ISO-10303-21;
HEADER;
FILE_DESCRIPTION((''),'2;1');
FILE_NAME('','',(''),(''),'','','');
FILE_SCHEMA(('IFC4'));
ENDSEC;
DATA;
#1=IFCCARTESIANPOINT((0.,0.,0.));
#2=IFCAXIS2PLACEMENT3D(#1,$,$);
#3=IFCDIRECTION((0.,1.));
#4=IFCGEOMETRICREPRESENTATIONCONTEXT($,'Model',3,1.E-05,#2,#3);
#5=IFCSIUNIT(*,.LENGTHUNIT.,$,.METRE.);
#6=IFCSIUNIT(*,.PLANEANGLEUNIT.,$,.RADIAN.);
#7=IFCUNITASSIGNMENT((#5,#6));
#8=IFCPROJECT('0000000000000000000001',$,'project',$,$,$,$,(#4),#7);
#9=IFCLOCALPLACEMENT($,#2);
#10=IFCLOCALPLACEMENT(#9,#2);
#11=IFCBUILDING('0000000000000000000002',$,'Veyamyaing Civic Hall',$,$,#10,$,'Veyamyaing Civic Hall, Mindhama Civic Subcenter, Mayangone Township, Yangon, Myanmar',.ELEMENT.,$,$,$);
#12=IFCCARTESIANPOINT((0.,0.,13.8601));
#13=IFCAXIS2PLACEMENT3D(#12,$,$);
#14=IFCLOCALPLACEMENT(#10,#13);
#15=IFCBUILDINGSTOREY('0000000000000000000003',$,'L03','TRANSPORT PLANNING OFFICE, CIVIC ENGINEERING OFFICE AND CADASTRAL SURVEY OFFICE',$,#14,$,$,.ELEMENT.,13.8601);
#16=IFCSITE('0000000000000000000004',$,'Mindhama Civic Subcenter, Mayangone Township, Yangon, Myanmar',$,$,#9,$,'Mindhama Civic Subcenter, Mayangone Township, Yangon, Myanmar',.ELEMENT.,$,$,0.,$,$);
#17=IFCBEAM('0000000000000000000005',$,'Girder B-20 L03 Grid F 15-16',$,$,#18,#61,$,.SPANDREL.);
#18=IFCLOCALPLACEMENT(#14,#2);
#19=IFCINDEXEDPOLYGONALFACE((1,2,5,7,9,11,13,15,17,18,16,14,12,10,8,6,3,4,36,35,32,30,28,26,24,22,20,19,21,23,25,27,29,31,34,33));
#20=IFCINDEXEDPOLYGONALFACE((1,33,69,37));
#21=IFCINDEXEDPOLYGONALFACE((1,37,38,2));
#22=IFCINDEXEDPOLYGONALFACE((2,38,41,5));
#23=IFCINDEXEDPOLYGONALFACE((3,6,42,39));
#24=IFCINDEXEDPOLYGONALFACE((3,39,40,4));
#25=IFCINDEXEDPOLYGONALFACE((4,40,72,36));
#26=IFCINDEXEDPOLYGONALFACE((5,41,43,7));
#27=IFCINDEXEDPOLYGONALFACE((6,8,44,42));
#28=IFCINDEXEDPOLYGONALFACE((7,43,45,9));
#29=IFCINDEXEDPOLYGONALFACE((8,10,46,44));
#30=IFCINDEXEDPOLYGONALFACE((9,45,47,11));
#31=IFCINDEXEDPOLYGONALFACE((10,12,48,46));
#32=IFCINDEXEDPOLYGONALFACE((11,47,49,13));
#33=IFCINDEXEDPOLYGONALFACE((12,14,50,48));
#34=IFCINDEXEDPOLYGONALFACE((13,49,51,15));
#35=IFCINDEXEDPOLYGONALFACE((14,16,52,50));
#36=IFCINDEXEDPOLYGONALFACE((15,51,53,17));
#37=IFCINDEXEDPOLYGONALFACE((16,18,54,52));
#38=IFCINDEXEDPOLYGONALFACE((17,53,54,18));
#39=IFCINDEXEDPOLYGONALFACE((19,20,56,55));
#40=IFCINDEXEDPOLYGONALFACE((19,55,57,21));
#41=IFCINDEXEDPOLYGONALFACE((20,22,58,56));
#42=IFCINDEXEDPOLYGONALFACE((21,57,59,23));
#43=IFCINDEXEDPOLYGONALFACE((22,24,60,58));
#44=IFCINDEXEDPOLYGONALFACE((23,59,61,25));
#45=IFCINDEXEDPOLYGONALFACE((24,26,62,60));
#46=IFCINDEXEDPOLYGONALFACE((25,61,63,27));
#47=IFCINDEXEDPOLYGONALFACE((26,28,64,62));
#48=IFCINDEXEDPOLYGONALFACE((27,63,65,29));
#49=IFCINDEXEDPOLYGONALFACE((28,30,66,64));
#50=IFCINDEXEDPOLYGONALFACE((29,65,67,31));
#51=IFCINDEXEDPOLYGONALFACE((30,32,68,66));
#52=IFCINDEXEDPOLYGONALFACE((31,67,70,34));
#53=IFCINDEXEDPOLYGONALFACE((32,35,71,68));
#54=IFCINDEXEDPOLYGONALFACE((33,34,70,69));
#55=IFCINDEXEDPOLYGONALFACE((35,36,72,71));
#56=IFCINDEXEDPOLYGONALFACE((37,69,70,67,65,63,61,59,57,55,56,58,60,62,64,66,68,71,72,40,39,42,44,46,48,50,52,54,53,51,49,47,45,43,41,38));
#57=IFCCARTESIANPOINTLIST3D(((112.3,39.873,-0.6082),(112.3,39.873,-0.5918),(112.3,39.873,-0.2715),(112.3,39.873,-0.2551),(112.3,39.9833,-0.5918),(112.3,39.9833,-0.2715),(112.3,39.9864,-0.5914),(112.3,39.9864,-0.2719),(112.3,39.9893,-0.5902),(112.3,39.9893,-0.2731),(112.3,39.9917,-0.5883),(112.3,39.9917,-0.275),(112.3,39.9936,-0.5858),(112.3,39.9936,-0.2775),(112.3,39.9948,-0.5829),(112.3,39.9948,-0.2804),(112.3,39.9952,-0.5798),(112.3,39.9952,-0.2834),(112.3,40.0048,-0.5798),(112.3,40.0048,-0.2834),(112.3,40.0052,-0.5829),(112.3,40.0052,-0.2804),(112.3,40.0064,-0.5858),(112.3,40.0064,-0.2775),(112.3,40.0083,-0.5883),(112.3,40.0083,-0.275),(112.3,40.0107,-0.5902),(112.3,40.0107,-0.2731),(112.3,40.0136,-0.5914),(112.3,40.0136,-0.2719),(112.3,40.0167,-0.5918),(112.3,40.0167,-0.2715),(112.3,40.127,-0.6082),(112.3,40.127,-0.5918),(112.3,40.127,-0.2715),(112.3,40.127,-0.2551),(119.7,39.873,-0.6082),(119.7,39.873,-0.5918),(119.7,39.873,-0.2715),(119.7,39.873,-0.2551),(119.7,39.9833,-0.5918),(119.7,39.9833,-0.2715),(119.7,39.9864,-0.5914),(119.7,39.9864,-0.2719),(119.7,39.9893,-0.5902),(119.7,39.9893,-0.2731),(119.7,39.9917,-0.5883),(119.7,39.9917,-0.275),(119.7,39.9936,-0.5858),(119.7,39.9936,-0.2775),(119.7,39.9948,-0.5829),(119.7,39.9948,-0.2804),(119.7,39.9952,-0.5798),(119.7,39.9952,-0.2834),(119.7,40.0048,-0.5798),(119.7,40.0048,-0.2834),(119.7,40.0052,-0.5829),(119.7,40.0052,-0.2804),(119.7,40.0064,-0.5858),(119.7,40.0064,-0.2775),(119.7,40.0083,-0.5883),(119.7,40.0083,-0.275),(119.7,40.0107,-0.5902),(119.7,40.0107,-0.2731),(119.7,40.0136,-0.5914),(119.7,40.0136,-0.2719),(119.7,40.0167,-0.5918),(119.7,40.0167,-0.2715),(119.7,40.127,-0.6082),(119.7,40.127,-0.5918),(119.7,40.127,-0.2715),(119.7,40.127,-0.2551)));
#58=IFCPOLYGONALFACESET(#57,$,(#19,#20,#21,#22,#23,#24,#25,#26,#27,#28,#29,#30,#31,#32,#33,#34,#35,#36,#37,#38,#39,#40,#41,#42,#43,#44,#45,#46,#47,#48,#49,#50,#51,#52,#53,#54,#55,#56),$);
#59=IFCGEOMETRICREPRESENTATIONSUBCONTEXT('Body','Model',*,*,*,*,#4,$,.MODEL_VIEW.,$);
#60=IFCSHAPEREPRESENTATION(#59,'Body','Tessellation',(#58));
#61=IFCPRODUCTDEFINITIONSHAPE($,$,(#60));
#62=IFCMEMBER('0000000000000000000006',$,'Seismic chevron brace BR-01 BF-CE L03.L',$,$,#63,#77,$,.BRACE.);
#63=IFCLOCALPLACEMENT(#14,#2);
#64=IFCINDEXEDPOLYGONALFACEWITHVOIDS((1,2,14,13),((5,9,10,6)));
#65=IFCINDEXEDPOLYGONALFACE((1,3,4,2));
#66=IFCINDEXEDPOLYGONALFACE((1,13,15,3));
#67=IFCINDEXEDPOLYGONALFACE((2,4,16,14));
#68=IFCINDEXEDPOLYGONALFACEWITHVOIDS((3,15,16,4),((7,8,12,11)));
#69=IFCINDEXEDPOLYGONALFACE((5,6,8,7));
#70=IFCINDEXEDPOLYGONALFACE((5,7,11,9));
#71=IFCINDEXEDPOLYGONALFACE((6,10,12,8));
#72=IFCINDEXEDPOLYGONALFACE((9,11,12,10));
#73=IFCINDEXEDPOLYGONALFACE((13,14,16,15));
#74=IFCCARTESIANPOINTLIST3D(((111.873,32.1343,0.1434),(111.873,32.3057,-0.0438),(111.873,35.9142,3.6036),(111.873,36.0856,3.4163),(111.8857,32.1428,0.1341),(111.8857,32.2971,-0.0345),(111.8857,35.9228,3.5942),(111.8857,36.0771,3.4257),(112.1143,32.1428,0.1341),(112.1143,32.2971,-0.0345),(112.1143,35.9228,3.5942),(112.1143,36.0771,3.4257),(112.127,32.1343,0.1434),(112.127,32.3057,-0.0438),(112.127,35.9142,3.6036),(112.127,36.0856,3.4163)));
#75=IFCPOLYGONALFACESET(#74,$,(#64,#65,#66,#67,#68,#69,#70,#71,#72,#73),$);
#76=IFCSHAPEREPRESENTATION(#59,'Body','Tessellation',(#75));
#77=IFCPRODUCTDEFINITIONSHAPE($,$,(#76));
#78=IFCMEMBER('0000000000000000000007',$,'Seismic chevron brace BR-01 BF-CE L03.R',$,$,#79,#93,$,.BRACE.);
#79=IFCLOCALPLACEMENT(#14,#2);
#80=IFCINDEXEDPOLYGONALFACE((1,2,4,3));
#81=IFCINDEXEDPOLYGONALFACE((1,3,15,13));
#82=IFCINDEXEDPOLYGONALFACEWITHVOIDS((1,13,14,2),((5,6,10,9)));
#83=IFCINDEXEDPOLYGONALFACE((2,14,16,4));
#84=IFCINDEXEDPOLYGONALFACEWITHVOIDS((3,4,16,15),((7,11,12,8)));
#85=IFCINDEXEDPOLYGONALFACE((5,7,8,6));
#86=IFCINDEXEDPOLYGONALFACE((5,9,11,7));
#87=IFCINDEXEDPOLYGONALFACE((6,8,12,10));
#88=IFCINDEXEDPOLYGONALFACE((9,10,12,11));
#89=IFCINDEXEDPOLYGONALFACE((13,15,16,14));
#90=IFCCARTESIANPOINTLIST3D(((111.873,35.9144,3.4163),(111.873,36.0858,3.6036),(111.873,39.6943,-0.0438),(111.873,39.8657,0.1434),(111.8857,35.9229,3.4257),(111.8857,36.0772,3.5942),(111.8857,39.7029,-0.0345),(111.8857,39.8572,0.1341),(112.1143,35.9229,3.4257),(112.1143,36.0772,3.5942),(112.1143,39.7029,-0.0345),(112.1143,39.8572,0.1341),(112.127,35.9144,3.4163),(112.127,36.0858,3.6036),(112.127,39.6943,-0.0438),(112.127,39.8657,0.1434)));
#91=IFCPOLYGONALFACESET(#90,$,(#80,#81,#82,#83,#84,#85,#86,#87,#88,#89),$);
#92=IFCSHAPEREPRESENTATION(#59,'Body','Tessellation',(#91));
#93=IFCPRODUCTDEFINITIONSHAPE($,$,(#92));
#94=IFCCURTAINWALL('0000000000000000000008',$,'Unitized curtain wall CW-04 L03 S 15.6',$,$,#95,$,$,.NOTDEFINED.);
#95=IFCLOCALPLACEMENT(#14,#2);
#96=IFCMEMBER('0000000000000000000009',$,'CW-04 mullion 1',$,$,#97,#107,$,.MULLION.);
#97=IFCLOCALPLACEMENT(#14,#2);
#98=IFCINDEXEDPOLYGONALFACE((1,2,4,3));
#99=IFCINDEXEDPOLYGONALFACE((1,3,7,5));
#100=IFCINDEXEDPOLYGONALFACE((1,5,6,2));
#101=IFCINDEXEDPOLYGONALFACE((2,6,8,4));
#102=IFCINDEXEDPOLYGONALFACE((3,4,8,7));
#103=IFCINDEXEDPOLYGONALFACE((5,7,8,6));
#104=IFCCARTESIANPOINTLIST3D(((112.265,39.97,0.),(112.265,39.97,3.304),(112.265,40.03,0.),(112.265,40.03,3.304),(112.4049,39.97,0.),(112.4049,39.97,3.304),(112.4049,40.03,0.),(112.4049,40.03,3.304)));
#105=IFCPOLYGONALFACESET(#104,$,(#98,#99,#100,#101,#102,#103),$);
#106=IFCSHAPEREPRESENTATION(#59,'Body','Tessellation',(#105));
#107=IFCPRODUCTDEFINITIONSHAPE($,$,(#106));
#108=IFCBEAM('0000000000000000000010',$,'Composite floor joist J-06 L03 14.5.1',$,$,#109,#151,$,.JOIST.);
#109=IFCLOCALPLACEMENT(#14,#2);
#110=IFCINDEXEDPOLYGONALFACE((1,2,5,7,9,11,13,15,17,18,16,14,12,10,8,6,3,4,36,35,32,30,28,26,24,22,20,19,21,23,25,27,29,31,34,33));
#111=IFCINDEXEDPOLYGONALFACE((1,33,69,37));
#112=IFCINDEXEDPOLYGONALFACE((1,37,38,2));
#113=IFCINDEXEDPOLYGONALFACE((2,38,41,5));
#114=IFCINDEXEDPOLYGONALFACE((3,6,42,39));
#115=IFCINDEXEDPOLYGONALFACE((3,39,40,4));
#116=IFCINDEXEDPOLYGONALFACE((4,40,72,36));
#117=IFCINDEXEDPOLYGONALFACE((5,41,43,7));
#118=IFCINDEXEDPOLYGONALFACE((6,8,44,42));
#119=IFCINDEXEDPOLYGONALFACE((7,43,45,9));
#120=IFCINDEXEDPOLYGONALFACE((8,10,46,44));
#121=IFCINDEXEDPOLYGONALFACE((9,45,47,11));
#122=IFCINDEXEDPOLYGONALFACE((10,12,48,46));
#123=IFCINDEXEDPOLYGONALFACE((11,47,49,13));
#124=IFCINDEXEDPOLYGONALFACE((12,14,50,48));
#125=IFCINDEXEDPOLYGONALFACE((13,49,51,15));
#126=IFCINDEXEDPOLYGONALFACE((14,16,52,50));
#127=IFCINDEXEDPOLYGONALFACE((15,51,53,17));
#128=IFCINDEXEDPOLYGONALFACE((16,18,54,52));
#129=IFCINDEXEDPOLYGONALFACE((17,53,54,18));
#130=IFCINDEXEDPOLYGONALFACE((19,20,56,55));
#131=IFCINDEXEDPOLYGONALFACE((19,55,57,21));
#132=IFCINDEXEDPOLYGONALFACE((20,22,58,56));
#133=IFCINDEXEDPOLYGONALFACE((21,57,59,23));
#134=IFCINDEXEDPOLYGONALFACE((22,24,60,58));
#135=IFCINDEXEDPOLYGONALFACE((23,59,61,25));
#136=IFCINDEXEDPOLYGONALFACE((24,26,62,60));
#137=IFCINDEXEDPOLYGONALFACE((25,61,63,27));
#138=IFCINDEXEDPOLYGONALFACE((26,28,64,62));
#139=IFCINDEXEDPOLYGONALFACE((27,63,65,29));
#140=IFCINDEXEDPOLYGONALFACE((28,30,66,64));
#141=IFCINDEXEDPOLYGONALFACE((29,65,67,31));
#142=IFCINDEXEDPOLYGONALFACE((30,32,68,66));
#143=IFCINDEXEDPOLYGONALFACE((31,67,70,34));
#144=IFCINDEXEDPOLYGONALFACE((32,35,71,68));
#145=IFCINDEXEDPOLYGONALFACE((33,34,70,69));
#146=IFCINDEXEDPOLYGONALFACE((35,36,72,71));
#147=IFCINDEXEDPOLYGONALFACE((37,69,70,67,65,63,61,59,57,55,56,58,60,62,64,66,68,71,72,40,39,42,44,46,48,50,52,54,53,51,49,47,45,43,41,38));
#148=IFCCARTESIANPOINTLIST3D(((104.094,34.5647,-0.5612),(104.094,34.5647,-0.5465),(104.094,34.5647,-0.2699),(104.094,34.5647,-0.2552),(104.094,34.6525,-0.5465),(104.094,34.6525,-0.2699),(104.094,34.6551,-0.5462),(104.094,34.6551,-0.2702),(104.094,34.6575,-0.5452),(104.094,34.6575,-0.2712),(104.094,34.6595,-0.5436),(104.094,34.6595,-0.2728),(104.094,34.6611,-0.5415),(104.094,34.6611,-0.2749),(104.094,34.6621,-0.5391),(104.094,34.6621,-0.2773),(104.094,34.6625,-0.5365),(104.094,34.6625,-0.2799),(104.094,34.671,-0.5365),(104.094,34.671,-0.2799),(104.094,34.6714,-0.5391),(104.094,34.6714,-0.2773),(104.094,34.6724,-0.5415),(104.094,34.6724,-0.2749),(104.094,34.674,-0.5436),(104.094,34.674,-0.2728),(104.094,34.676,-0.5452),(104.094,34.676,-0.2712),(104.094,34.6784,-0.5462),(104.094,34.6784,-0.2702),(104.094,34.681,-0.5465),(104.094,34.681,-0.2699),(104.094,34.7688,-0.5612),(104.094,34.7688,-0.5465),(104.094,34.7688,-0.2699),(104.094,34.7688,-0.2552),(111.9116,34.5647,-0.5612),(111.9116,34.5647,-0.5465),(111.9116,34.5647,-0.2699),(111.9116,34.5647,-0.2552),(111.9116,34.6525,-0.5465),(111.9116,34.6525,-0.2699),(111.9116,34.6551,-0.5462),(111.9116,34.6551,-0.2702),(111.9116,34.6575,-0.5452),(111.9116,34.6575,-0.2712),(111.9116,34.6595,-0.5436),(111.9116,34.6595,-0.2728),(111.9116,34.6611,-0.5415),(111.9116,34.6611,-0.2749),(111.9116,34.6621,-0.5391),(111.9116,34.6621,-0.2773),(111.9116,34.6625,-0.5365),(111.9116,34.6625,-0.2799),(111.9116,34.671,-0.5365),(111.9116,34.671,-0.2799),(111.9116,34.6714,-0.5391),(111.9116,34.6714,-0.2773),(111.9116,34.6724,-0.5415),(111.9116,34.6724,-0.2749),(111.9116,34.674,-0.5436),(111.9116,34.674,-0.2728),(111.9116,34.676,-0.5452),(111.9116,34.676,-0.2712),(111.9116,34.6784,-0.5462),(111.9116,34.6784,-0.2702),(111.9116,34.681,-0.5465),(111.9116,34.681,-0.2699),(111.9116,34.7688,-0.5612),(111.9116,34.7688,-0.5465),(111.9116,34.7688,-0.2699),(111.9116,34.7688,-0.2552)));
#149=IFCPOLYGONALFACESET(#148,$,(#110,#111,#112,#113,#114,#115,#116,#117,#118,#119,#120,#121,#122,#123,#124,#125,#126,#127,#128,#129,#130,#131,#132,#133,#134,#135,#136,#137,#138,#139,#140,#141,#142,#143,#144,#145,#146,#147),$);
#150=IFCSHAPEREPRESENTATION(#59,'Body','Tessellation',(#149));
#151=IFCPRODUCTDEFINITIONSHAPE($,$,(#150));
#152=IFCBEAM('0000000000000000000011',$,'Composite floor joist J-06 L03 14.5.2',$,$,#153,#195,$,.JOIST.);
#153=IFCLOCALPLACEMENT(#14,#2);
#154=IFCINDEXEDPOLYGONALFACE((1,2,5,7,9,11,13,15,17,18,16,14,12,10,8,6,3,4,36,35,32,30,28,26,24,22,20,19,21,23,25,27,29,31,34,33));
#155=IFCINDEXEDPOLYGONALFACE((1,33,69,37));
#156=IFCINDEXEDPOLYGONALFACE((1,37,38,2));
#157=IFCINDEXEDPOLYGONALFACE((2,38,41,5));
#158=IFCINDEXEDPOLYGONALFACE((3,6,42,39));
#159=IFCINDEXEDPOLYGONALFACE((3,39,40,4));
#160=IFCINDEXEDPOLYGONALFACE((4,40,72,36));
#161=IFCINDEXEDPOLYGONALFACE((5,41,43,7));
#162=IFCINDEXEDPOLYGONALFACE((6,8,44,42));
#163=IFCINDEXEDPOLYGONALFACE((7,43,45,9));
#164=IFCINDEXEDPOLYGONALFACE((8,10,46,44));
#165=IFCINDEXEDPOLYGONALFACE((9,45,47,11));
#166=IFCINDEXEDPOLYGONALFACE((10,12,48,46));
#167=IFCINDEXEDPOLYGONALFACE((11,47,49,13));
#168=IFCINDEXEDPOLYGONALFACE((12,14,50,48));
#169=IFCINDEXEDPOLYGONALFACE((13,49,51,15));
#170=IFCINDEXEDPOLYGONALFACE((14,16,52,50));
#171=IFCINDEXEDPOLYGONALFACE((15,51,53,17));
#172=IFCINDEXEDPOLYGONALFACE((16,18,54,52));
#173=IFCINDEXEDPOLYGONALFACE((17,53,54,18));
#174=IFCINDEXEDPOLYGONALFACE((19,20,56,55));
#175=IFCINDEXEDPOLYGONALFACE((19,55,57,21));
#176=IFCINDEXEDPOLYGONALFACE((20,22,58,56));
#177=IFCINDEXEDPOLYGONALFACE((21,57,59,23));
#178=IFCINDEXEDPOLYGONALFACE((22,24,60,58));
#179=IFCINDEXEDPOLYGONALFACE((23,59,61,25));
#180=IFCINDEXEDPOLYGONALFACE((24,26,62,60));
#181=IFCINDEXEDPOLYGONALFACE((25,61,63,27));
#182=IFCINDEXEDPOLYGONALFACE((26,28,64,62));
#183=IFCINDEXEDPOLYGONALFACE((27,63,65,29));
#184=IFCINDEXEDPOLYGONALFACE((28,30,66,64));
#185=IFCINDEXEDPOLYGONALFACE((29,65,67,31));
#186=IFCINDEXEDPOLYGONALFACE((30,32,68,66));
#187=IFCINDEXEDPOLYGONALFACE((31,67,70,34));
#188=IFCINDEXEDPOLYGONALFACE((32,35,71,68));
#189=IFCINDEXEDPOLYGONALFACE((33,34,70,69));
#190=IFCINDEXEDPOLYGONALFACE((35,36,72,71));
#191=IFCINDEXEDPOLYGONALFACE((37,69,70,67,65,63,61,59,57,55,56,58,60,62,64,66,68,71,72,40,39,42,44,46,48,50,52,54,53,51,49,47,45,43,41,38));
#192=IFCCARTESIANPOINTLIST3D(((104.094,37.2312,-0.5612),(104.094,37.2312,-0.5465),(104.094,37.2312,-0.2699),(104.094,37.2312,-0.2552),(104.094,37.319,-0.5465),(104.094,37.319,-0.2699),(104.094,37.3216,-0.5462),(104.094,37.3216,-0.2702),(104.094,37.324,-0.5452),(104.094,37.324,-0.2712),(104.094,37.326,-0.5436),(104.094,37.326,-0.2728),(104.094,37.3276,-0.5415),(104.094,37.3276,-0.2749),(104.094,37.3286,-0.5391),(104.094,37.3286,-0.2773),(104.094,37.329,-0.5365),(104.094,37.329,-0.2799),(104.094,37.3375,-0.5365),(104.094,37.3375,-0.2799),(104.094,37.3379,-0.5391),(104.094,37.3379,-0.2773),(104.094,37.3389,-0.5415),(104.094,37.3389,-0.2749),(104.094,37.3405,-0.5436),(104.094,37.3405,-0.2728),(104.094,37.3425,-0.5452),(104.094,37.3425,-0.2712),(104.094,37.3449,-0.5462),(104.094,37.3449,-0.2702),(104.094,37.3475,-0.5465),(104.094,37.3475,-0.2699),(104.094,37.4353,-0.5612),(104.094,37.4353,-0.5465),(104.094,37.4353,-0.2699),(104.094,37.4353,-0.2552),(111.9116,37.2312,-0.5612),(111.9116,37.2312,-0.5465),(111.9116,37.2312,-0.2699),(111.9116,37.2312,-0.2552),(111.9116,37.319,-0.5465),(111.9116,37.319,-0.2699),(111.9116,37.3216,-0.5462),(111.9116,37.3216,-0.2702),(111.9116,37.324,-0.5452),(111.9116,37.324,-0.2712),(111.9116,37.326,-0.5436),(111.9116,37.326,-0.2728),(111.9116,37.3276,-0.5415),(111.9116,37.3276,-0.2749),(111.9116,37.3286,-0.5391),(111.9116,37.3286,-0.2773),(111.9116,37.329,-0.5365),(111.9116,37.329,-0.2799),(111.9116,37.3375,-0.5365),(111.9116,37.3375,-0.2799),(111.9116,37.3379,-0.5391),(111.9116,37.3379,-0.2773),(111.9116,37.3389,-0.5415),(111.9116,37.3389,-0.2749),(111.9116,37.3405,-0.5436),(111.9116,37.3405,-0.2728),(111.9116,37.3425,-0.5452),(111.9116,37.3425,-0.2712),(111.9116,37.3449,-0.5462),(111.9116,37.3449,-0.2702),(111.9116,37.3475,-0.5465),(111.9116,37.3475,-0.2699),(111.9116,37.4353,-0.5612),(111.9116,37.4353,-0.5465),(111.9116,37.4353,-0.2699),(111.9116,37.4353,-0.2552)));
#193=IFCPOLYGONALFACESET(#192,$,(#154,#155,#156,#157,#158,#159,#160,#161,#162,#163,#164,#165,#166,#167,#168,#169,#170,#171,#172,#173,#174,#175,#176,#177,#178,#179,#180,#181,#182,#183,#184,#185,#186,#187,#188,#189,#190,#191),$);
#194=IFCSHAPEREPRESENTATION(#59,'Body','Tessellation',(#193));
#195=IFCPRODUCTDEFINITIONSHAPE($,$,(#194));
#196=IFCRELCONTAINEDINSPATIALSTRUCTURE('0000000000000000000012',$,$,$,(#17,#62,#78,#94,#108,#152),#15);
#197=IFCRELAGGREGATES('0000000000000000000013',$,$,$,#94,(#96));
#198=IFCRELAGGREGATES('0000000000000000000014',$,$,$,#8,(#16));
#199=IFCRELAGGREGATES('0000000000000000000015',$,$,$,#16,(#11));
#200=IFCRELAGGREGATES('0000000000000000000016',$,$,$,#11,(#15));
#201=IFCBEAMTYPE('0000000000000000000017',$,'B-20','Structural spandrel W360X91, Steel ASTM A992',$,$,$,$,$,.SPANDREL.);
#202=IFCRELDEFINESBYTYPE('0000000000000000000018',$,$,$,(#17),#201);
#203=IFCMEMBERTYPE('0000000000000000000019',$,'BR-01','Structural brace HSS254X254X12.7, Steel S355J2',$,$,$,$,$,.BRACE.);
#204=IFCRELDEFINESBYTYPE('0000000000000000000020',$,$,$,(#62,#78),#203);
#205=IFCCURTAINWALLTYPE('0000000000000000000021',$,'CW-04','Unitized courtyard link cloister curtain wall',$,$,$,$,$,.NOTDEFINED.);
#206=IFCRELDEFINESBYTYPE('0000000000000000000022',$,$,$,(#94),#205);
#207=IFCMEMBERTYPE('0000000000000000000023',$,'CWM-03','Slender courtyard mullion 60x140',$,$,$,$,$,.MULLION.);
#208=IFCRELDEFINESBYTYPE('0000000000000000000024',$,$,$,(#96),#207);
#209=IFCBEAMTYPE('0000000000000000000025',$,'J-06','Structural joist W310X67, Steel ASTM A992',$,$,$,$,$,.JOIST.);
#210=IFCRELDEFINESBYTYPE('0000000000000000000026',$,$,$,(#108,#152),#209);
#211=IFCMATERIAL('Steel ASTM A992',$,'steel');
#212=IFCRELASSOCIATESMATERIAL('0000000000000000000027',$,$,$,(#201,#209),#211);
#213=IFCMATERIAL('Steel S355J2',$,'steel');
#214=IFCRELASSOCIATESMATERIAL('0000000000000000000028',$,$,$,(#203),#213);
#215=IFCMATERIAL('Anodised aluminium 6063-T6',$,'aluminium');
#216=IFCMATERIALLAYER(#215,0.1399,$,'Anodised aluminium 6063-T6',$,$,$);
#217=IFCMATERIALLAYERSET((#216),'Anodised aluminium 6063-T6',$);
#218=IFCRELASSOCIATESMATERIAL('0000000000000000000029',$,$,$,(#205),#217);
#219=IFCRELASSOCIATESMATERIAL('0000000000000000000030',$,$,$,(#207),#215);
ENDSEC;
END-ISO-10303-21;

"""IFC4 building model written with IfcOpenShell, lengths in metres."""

from ifc_helpers import new_model, si_unit, direction, frame, origin, origin_2d, place, context, subcontext, project, spatial, rectangle, hollow_rectangle, i_section, extrude, material, layer, layer_set, material_profile, profile_set, type_object, element, aggregate, save


model = new_model("IFC4")

# Units and contexts
model_context = context("Model", 3, precision=1e-05, world=origin(), true_north=direction((0.0, 1.0)))
body_context = subcontext(model_context, "Body", "Model", "MODEL_VIEW")
ifc_project = project(units=[si_unit("LENGTHUNIT", "METRE"), si_unit("PLANEANGLEUNIT", "RADIAN")], contexts=[model_context])

# Site, building, storey
site_placement = place(None, origin())
site = spatial("IfcSite", under=ifc_project, at=site_placement, Name="Mindhama Civic Subcenter, Mayangone Township, Yangon, Myanmar", LongName="Mindhama Civic Subcenter, Mayangone Township, Yangon, Myanmar", CompositionType="ELEMENT", RefElevation=0.0)
building_placement = place(site_placement, origin())
building = spatial("IfcBuilding", under=site, at=building_placement, Name="Veyamyaing Civic Hall", LongName="Veyamyaing Civic Hall, Mindhama Civic Subcenter, Mayangone Township, Yangon, Myanmar", CompositionType="ELEMENT")
storey_placement = place(building_placement, frame((0.0, 0.0, 13.8601)))
storey = spatial("IfcBuildingStorey", under=building, at=storey_placement, Name="L03", Description="TRANSPORT PLANNING OFFICE, CIVIC ENGINEERING OFFICE AND CADASTRAL SURVEY OFFICE", CompositionType="ELEMENT", Elevation=13.8601)

# Beam
ifc_material_1 = material(Name="Steel ASTM A992", Category="steel")
ifc_material_profile_1 = material_profile(ifc_material_1, i_section(OverallWidth=0.2539, OverallDepth=0.353, WebThickness=0.0095, FlangeThickness=0.0164, FilletRadius=0.012, at=origin_2d()), Name="W360X91")
ifc_profile_set_1 = profile_set([ifc_material_profile_1], Name="Steel ASTM A992")
beam_type_1 = type_object("IfcBeamType", Name="B-20", Description="Structural spandrel W360X91, Steel ASTM A992", PredefinedType="SPANDREL", material=ifc_profile_set_1)
beam_1_placement = place(storey_placement, frame((112.3, 40.0, -0.4316), z_axis=(1.0, 0.0, 0.0), x_axis=(0.0, 1.0, 0.0)))
element("IfcBeam", 1, at=beam_1_placement, inside=storey, type_object=beam_type_1, Name="Girder B-20 L03 Grid F 15-16", PredefinedType="SPANDREL", context=body_context, shape_type="SweptSolid", body=[
    extrude(i_section(OverallWidth=0.2539, OverallDepth=0.353, WebThickness=0.0095, FlangeThickness=0.0164, FilletRadius=0.012, at=origin_2d()), origin(), (0.0, 0.0, 1.0), 7.3999),
])

# Members
ifc_material_2 = material(Name="Steel S355J2", Category="steel")
ifc_material_profile_2 = material_profile(ifc_material_2, hollow_rectangle(XDim=0.2539, YDim=0.2539, WallThickness=0.0127, at=origin_2d()), Name="HSS254X254X12.7")
ifc_profile_set_2 = profile_set([ifc_material_profile_2], Name="Steel S355J2")
member_type_1 = type_object("IfcMemberType", Name="BR-01", Description="Structural brace HSS254X254X12.7, Steel S355J2", PredefinedType="BRACE", material=ifc_profile_set_2)
for number, where, z_axis, x_axis, name in (
    (2, (112.0, 32.22, 0.0498), (0.0, 0.737623, 0.675213), (-1.0, 0.0, 0.0), "Seismic chevron brace BR-01 BF-CE L03.L"),
    (3, (112.0, 39.78, 0.0498), (0.0, -0.737623, 0.675213), (1.0, 0.0, 0.0), "Seismic chevron brace BR-01 BF-CE L03.R"),
):
    element("IfcMember", number, at=place(storey_placement, frame(where, z_axis=z_axis, x_axis=x_axis)), inside=storey, type_object=member_type_1, Name=name, PredefinedType="BRACE", context=body_context, shape_type="SweptSolid", body=[
        extrude(hollow_rectangle(XDim=0.2539, YDim=0.2539, WallThickness=0.0127, at=origin_2d()), origin(), (0.0, 0.0, 1.0), 5.1245),
    ])

# Curtain wall, member
ifc_material_3 = material(Name="Anodised aluminium 6063-T6", Category="aluminium")
ifc_layer_1 = layer(ifc_material_3, 0.1399, Name="Anodised aluminium 6063-T6")
ifc_layer_set_1 = layer_set([ifc_layer_1], Name="Anodised aluminium 6063-T6")
curtain_wall_type = type_object("IfcCurtainWallType", Name="CW-04", Description="Unitized courtyard link cloister curtain wall", PredefinedType="NOTDEFINED", material=ifc_layer_set_1)
curtain_wall_placement = place(storey_placement, origin())
curtain_wall = element("IfcCurtainWall", 4, at=curtain_wall_placement, inside=storey, type_object=curtain_wall_type, Name="Unitized curtain wall CW-04 L03 S 15.6", PredefinedType="NOTDEFINED")
ifc_material_profile_3 = material_profile(ifc_material_3, rectangle(XDim=0.0601, YDim=0.1399, at=origin_2d()), Name="ALU-MUL-60X140")
ifc_profile_set_3 = profile_set([ifc_material_profile_3], Name="Anodised aluminium 6063-T6")
member_type_2 = type_object("IfcMemberType", Name="CWM-03", Description="Slender courtyard mullion 60x140", PredefinedType="MULLION", material=ifc_profile_set_3)
member_placement = place(storey_placement, frame((112.335, 40.0, 0.0), z_axis=(0.0, 0.0, 1.0), x_axis=(0.0, 1.0, 0.0)))
member = element("IfcMember", 5, at=member_placement, type_object=member_type_2, Name="CW-04 mullion 1", PredefinedType="MULLION", context=body_context, shape_type="SweptSolid", body=[
    extrude(rectangle(XDim=0.0601, YDim=0.1399, at=origin_2d()), origin(), (0.0, 0.0, 1.0), 3.304),
])
aggregate(curtain_wall, [member])

# Beams
ifc_material_profile_4 = material_profile(ifc_material_1, i_section(OverallWidth=0.2041, OverallDepth=0.3059, WebThickness=0.0085, FlangeThickness=0.0146, FilletRadius=0.01, at=origin_2d()), Name="W310X67")
ifc_profile_set_4 = profile_set([ifc_material_profile_4], Name="Steel ASTM A992")
beam_type_2 = type_object("IfcBeamType", Name="J-06", Description="Structural joist W310X67, Steel ASTM A992", PredefinedType="JOIST", material=ifc_profile_set_4)
for number, where, z_axis, x_axis, name in (
    (6, (104.094, 34.6667, -0.4082), (1.0, 0.0, 0.0), (0.0, 1.0, 0.0), "Composite floor joist J-06 L03 14.5.1"),
    (7, (104.094, 37.3333, -0.4082), (1.0, 0.0, 0.0), (0.0, 1.0, 0.0), "Composite floor joist J-06 L03 14.5.2"),
):
    element("IfcBeam", number, at=place(storey_placement, frame(where, z_axis=z_axis, x_axis=x_axis)), inside=storey, type_object=beam_type_2, Name=name, PredefinedType="JOIST", context=body_context, shape_type="SweptSolid", body=[
        extrude(i_section(OverallWidth=0.2041, OverallDepth=0.3059, WebThickness=0.0085, FlangeThickness=0.0146, FilletRadius=0.01, at=origin_2d()), origin(), (0.0, 0.0, 1.0), 7.8176),
    ])

save(model, "model.ifc")
